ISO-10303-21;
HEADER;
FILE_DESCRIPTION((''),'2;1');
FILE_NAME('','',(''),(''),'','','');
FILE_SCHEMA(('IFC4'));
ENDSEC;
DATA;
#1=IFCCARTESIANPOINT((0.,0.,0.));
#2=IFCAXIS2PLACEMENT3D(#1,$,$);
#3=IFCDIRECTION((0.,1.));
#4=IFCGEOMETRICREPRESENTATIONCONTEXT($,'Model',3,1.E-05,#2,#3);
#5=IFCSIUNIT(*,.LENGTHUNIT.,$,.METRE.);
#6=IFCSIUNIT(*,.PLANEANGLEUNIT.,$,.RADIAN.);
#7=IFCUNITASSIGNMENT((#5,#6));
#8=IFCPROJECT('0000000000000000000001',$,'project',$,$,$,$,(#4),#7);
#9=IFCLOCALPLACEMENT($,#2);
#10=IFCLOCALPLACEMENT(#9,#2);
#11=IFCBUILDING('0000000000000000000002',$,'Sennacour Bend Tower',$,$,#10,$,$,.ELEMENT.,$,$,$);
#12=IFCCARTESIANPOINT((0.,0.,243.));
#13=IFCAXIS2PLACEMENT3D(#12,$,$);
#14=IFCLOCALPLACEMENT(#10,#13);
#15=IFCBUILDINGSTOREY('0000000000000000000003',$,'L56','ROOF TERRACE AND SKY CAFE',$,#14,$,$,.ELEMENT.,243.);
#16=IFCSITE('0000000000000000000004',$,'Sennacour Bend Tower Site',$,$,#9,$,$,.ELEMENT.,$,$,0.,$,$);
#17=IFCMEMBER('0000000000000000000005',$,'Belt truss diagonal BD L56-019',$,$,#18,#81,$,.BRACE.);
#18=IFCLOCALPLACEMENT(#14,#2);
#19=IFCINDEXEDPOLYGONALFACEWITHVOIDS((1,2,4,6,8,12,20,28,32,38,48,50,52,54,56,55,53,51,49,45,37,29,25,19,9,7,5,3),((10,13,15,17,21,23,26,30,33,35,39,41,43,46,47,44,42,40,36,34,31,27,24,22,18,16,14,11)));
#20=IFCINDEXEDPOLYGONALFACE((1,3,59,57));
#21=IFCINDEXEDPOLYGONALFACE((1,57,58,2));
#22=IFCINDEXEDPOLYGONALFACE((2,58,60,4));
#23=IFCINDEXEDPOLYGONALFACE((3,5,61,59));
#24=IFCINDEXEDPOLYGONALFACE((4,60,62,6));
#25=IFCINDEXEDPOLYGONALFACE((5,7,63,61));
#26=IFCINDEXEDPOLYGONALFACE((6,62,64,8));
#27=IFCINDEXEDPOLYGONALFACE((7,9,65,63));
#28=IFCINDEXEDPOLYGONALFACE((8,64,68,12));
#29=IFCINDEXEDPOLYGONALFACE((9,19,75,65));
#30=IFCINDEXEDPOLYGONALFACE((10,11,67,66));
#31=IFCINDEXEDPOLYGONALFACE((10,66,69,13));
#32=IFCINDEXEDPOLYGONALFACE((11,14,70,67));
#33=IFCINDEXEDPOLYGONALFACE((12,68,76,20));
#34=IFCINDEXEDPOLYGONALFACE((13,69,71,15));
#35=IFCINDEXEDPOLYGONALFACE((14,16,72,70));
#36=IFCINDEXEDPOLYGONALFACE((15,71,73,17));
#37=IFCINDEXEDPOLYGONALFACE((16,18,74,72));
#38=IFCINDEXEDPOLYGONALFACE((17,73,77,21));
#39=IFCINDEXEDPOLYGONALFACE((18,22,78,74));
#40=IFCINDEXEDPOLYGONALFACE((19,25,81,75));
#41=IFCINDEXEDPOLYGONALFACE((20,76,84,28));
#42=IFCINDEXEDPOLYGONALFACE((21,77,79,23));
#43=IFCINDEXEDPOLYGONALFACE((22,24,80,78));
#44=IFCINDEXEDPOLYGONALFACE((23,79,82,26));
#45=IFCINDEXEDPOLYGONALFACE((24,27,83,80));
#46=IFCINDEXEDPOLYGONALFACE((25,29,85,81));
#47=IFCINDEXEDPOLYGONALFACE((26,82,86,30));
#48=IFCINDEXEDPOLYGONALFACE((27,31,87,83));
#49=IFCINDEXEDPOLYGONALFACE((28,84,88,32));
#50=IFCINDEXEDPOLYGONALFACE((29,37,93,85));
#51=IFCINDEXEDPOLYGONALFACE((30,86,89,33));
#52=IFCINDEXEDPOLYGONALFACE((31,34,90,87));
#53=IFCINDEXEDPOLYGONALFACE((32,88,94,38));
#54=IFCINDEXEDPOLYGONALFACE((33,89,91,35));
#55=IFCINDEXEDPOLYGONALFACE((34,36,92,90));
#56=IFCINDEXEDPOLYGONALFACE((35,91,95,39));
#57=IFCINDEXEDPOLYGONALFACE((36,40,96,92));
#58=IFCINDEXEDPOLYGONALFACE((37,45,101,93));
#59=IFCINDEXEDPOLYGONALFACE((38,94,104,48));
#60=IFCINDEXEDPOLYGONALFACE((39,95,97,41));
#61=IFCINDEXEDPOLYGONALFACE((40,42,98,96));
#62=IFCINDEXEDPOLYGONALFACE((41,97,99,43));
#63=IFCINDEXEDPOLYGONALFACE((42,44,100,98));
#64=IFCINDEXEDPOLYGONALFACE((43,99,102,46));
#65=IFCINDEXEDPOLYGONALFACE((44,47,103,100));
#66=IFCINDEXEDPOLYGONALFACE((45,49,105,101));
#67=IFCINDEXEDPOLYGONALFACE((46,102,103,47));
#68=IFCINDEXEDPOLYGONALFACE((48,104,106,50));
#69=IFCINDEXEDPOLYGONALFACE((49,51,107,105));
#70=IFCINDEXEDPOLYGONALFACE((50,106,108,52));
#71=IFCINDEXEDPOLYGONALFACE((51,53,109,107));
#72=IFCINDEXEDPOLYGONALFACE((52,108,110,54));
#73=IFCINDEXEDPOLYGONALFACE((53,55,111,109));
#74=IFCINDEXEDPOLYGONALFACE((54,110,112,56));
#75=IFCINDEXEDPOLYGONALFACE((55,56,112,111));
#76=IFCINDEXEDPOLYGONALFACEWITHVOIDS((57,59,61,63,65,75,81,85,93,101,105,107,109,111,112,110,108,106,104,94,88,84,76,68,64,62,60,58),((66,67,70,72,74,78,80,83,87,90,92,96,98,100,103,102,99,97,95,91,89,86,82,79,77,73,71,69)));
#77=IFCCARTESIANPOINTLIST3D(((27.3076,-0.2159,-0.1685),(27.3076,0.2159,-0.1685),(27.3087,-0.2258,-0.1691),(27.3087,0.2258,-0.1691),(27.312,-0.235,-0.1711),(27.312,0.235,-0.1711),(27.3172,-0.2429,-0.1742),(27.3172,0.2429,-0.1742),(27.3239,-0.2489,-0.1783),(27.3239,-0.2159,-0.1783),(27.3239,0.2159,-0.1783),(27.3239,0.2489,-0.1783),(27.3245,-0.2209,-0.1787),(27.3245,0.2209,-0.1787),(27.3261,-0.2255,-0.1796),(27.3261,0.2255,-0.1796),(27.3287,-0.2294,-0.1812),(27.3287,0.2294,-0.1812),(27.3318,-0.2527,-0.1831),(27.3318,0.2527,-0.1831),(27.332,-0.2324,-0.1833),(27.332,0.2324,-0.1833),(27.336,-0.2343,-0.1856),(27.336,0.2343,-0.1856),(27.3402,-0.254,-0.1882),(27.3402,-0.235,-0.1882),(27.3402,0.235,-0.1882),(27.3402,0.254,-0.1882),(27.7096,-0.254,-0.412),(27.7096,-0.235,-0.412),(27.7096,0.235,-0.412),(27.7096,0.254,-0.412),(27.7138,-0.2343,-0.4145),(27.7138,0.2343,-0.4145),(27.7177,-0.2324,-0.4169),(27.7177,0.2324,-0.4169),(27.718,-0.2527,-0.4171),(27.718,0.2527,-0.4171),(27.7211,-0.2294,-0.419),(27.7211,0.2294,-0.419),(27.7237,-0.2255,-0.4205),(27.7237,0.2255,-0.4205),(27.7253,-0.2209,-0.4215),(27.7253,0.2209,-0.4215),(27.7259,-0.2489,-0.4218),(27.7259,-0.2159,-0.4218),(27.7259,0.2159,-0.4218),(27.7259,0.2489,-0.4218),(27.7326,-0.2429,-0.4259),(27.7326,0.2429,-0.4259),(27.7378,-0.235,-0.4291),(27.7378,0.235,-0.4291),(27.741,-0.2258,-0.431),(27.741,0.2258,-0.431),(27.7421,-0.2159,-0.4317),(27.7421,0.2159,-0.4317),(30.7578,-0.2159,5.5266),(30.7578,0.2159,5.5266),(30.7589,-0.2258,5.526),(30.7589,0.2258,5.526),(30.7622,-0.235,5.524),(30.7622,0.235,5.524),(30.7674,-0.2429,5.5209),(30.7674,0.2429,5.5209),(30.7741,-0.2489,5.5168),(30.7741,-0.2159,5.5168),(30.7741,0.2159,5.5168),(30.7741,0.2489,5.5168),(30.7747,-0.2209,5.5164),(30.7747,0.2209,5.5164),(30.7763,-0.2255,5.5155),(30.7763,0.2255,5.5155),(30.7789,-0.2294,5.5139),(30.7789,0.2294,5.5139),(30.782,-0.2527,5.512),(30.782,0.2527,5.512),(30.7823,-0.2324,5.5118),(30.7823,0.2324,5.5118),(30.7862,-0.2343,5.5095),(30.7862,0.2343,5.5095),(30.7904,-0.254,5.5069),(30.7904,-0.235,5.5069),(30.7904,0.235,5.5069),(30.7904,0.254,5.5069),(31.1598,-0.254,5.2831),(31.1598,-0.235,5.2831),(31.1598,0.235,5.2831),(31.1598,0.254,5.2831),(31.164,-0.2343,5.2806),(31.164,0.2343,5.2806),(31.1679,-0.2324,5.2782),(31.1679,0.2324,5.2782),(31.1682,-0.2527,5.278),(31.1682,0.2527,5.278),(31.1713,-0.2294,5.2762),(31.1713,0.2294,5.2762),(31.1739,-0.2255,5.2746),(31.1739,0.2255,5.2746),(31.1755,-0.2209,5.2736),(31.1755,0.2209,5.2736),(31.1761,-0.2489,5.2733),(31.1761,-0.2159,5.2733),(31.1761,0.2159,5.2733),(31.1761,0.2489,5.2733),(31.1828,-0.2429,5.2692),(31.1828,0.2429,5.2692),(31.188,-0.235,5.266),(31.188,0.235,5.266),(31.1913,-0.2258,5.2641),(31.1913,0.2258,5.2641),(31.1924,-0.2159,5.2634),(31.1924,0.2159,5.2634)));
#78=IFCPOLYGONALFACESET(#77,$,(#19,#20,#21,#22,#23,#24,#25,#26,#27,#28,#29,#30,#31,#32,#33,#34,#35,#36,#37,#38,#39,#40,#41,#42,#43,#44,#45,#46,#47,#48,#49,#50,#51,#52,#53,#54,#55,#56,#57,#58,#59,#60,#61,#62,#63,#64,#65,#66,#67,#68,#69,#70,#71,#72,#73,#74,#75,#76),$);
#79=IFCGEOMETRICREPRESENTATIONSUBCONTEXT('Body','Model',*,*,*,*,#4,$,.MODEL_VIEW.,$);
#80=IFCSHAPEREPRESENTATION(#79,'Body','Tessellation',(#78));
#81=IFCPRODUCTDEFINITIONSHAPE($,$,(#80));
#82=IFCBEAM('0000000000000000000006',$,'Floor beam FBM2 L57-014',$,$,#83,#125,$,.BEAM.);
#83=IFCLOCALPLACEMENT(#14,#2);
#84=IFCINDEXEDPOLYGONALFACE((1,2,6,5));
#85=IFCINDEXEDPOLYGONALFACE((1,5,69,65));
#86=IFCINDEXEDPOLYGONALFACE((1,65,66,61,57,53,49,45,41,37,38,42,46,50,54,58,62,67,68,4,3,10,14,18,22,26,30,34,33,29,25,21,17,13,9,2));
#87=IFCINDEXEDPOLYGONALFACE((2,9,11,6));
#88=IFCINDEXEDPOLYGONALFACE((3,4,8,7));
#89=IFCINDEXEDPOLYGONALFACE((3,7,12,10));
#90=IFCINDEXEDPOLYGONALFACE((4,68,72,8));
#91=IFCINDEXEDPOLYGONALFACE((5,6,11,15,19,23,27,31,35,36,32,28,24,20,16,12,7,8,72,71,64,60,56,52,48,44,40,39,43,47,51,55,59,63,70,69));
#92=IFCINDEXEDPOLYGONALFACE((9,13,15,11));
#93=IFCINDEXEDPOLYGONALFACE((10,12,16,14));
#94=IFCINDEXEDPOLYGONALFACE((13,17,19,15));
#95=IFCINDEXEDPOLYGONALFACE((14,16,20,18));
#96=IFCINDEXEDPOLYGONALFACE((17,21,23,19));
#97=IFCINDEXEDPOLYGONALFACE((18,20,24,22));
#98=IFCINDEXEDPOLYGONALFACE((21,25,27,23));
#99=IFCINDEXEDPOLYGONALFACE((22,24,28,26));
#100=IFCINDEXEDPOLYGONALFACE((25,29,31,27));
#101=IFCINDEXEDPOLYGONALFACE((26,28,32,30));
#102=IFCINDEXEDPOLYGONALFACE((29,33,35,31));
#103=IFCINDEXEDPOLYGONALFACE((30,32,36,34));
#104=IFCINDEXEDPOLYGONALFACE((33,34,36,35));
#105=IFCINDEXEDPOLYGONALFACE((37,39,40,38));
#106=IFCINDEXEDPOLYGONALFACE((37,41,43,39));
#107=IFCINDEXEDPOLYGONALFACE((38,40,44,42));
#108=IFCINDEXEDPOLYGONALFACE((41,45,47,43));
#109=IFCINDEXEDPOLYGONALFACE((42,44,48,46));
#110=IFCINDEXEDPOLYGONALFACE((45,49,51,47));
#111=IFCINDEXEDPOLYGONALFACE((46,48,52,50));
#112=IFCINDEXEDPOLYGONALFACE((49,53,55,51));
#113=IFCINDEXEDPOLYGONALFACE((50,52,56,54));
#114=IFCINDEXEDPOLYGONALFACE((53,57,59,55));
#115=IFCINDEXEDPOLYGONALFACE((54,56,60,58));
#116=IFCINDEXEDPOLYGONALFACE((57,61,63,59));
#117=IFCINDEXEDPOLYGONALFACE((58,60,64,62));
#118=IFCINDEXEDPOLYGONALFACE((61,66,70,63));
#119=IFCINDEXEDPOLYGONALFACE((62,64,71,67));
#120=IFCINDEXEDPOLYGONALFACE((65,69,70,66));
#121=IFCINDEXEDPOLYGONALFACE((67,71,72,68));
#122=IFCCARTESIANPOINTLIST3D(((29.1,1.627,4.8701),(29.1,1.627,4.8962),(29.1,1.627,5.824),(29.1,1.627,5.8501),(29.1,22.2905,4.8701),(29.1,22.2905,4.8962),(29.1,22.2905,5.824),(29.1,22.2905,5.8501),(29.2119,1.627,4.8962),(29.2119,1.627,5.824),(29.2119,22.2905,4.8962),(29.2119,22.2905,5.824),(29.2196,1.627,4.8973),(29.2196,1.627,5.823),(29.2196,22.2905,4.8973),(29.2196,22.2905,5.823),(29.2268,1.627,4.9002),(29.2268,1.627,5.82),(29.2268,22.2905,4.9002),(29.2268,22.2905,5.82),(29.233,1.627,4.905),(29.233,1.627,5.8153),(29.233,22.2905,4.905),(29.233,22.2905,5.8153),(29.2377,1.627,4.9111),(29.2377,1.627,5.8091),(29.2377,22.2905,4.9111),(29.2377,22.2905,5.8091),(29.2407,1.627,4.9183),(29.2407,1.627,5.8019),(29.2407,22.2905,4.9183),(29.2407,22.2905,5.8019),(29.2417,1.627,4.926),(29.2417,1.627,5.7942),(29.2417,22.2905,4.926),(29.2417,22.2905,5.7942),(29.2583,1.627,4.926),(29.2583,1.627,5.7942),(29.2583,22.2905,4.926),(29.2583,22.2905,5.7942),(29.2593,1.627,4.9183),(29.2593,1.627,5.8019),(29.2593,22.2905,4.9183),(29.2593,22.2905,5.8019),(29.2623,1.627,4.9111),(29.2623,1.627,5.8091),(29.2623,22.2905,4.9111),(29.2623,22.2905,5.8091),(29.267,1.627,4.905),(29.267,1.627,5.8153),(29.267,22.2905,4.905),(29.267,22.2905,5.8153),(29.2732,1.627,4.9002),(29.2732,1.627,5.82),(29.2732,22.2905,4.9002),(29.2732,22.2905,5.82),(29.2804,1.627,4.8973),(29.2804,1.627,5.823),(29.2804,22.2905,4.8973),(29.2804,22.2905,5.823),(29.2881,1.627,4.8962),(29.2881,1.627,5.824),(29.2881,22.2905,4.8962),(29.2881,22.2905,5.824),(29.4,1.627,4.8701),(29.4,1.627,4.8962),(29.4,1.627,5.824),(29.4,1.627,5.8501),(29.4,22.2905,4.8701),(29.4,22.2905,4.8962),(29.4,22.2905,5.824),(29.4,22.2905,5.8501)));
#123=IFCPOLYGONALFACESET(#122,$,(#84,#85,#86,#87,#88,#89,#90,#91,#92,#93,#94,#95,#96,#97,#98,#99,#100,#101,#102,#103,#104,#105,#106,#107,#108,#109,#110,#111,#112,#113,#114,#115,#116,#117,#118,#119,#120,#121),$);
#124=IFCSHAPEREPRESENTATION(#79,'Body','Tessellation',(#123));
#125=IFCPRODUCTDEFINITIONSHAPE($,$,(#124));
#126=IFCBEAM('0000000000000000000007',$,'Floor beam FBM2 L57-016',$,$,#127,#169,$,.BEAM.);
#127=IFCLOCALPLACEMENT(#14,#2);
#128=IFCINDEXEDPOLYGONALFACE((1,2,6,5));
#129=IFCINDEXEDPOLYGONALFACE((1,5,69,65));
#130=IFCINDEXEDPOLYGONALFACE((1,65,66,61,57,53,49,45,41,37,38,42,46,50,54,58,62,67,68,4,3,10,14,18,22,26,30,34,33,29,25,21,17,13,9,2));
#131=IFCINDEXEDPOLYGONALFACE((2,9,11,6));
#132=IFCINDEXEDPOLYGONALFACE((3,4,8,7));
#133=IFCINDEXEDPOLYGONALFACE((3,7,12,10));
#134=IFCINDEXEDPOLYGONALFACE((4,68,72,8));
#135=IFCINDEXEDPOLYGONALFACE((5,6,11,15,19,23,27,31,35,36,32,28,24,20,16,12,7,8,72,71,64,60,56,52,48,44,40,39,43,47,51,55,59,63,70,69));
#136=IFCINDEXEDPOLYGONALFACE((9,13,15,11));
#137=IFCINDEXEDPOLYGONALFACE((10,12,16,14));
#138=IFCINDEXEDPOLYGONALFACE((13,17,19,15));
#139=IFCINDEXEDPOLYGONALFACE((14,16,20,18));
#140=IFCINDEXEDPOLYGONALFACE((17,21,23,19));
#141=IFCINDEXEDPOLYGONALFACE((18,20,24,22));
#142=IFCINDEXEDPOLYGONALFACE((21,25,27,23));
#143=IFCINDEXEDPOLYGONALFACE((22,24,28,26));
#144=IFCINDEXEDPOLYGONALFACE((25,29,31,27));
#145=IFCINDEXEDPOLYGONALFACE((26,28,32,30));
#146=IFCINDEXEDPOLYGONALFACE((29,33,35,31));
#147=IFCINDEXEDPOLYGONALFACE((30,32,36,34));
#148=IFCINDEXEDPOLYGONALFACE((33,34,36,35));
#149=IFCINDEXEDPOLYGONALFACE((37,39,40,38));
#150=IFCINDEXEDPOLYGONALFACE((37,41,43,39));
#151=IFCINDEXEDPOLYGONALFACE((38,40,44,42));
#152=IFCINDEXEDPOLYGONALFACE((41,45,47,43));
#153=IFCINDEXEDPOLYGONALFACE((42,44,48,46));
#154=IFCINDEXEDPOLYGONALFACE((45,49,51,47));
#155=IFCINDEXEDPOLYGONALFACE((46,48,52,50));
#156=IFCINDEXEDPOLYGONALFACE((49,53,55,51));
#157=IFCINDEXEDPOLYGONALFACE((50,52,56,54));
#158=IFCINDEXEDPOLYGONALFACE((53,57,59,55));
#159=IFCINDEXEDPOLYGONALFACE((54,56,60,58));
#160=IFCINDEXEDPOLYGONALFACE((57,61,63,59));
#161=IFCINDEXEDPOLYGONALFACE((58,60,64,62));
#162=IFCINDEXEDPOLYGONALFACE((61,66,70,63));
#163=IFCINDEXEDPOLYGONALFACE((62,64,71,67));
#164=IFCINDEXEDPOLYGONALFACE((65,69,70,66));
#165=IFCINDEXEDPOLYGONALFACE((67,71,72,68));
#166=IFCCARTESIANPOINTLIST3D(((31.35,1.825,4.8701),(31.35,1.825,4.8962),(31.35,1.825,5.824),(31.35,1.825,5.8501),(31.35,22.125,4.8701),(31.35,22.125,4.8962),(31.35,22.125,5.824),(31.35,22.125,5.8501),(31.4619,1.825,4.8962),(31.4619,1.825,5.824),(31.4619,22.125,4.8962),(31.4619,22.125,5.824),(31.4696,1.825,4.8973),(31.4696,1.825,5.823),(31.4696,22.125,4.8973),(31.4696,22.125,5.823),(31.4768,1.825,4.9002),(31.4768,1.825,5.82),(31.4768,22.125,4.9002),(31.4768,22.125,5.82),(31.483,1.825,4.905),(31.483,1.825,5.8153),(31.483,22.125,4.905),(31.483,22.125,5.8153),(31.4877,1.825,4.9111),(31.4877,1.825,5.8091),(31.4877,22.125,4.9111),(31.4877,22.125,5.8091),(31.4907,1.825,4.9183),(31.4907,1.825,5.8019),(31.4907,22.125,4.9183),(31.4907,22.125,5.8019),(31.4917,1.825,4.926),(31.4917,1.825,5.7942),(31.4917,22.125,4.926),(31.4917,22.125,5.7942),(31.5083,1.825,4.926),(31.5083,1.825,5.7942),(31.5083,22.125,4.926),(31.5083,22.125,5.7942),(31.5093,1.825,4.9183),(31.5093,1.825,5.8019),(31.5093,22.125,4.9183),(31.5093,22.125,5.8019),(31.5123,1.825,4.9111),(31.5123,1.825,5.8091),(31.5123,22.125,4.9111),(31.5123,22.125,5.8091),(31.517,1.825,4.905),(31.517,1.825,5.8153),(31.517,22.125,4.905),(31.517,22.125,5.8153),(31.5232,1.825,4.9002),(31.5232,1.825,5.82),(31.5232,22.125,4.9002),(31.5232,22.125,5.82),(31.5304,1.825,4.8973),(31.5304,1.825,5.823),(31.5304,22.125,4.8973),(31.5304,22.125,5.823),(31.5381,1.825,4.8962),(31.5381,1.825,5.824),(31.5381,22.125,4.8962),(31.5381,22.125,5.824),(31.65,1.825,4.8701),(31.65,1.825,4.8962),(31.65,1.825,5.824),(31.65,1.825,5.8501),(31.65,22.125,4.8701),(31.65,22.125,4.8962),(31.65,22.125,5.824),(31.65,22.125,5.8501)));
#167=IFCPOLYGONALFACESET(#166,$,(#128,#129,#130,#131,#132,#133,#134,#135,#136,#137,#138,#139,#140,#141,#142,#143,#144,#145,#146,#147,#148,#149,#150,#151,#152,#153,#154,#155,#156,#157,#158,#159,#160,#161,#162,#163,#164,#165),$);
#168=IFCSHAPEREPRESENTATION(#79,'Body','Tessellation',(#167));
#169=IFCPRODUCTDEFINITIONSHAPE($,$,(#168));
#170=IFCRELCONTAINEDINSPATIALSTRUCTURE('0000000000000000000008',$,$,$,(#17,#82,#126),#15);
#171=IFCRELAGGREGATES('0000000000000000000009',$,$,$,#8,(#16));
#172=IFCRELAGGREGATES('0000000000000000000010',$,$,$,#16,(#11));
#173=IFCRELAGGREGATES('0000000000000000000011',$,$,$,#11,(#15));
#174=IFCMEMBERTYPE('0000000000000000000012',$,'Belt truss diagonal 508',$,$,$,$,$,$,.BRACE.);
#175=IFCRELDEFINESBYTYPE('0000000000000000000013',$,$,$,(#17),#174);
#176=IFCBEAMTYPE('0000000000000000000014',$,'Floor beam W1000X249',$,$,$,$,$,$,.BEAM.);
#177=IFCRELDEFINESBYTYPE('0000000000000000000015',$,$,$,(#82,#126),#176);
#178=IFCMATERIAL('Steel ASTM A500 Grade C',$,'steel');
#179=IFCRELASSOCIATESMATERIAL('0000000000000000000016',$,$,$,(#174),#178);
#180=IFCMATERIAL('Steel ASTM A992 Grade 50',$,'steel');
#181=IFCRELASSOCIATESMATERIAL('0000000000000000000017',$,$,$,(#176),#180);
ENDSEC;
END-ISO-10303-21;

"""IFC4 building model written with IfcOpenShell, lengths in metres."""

from ifc_helpers import new_model, si_unit, direction, frame, origin, origin_2d, place, context, subcontext, project, spatial, hollow_rectangle, i_section, extrude, material, material_profile, profile_set, type_object, element, save


model = new_model("IFC4")

# Units and contexts
model_context = context("Model", 3, precision=1e-05, world=origin(), true_north=direction((0.0, 1.0)))
body_context = subcontext(model_context, "Body", "Model", "MODEL_VIEW")
ifc_project = project(units=[si_unit("LENGTHUNIT", "METRE"), si_unit("PLANEANGLEUNIT", "RADIAN")], contexts=[model_context])

# Site, building, storey
site_placement = place(None, origin())
site = spatial("IfcSite", under=ifc_project, at=site_placement, Name="Sennacour Bend Tower Site", CompositionType="ELEMENT", RefElevation=0.0)
building_placement = place(site_placement, origin())
building = spatial("IfcBuilding", under=site, at=building_placement, Name="Sennacour Bend Tower", CompositionType="ELEMENT")
storey_placement = place(building_placement, frame((0.0, 0.0, 243.0)))
storey = spatial("IfcBuildingStorey", under=building, at=storey_placement, Name="L56", Description="ROOF TERRACE AND SKY CAFE", CompositionType="ELEMENT", Elevation=243.0)

# Member
ifc_material_1 = material(Name="Steel ASTM A992 Grade 50", Category="steel")
ifc_material_2 = material(Name="Steel ASTM A500 Grade C", Category="steel")
ifc_material_profile_1 = material_profile(ifc_material_2, hollow_rectangle(XDim=0.5081, YDim=0.5081, WallThickness=0.019, InnerFilletRadius=0.019, OuterFilletRadius=0.0381, at=origin_2d()), Name="Steel ASTM A500 Grade C", Category="steel")
ifc_profile_set_1 = profile_set([ifc_material_profile_1], Name="Steel ASTM A500 Grade C")
member_type_1 = type_object("IfcMemberType", Name="Belt truss diagonal 508", PredefinedType="BRACE", material=ifc_profile_set_1)
for number, where, z_axis, x_axis, name in (
    (1, (30.9751, 0.0, 5.395), (-0.518152, 0.0, -0.855288), (0.0, -1.0, 0.0), "Belt truss diagonal BD L56-019"),
):
    element("IfcMember", number, at=place(storey_placement, frame(where, z_axis=z_axis, x_axis=x_axis)), inside=storey, type_object=member_type_1, Name=name, PredefinedType="BRACE", context=body_context, shape_type="SweptSolid", body=[
        extrude(hollow_rectangle(XDim=0.5081, YDim=0.5081, WallThickness=0.019, InnerFilletRadius=0.019, OuterFilletRadius=0.0381, at=origin_2d()), origin(), (0.0, 0.0, 1.0), 6.6587),
    ])

# Beams
ifc_material_profile_2 = material_profile(ifc_material_1, i_section(OverallWidth=0.3, OverallDepth=0.98, WebThickness=0.0166, FlangeThickness=0.0261, FilletRadius=0.0298, at=origin_2d()), Name="Steel ASTM A992 Grade 50", Category="steel")
ifc_profile_set_2 = profile_set([ifc_material_profile_2], Name="Steel ASTM A992 Grade 50")
beam_type_1 = type_object("IfcBeamType", Name="Floor beam W1000X249", PredefinedType="BEAM", material=ifc_profile_set_2)
beam_1_placement = place(storey_placement, frame((29.25, 1.627, 5.3601), z_axis=(0.0, 1.0, 0.0), x_axis=(-1.0, 0.0, 0.0)))
element("IfcBeam", 2, at=beam_1_placement, inside=storey, type_object=beam_type_1, Name="Floor beam FBM2 L57-014", PredefinedType="BEAM", context=body_context, shape_type="SweptSolid", body=[
    extrude(i_section(OverallWidth=0.3, OverallDepth=0.98, WebThickness=0.0166, FlangeThickness=0.0261, FilletRadius=0.0298, at=origin_2d()), origin(), (0.0, 0.0, 1.0), 20.6636),
])
beam_2_placement = place(storey_placement, frame((31.5, 1.825, 5.3601), z_axis=(0.0, 1.0, 0.0), x_axis=(-1.0, 0.0, 0.0)))
element("IfcBeam", 3, at=beam_2_placement, inside=storey, type_object=beam_type_1, Name="Floor beam FBM2 L57-016", PredefinedType="BEAM", context=body_context, shape_type="SweptSolid", body=[
    extrude(i_section(OverallWidth=0.3, OverallDepth=0.98, WebThickness=0.0166, FlangeThickness=0.0261, FilletRadius=0.0298, at=origin_2d()), origin(), (0.0, 0.0, 1.0), 20.3),
])

save(model, "model.ifc")
